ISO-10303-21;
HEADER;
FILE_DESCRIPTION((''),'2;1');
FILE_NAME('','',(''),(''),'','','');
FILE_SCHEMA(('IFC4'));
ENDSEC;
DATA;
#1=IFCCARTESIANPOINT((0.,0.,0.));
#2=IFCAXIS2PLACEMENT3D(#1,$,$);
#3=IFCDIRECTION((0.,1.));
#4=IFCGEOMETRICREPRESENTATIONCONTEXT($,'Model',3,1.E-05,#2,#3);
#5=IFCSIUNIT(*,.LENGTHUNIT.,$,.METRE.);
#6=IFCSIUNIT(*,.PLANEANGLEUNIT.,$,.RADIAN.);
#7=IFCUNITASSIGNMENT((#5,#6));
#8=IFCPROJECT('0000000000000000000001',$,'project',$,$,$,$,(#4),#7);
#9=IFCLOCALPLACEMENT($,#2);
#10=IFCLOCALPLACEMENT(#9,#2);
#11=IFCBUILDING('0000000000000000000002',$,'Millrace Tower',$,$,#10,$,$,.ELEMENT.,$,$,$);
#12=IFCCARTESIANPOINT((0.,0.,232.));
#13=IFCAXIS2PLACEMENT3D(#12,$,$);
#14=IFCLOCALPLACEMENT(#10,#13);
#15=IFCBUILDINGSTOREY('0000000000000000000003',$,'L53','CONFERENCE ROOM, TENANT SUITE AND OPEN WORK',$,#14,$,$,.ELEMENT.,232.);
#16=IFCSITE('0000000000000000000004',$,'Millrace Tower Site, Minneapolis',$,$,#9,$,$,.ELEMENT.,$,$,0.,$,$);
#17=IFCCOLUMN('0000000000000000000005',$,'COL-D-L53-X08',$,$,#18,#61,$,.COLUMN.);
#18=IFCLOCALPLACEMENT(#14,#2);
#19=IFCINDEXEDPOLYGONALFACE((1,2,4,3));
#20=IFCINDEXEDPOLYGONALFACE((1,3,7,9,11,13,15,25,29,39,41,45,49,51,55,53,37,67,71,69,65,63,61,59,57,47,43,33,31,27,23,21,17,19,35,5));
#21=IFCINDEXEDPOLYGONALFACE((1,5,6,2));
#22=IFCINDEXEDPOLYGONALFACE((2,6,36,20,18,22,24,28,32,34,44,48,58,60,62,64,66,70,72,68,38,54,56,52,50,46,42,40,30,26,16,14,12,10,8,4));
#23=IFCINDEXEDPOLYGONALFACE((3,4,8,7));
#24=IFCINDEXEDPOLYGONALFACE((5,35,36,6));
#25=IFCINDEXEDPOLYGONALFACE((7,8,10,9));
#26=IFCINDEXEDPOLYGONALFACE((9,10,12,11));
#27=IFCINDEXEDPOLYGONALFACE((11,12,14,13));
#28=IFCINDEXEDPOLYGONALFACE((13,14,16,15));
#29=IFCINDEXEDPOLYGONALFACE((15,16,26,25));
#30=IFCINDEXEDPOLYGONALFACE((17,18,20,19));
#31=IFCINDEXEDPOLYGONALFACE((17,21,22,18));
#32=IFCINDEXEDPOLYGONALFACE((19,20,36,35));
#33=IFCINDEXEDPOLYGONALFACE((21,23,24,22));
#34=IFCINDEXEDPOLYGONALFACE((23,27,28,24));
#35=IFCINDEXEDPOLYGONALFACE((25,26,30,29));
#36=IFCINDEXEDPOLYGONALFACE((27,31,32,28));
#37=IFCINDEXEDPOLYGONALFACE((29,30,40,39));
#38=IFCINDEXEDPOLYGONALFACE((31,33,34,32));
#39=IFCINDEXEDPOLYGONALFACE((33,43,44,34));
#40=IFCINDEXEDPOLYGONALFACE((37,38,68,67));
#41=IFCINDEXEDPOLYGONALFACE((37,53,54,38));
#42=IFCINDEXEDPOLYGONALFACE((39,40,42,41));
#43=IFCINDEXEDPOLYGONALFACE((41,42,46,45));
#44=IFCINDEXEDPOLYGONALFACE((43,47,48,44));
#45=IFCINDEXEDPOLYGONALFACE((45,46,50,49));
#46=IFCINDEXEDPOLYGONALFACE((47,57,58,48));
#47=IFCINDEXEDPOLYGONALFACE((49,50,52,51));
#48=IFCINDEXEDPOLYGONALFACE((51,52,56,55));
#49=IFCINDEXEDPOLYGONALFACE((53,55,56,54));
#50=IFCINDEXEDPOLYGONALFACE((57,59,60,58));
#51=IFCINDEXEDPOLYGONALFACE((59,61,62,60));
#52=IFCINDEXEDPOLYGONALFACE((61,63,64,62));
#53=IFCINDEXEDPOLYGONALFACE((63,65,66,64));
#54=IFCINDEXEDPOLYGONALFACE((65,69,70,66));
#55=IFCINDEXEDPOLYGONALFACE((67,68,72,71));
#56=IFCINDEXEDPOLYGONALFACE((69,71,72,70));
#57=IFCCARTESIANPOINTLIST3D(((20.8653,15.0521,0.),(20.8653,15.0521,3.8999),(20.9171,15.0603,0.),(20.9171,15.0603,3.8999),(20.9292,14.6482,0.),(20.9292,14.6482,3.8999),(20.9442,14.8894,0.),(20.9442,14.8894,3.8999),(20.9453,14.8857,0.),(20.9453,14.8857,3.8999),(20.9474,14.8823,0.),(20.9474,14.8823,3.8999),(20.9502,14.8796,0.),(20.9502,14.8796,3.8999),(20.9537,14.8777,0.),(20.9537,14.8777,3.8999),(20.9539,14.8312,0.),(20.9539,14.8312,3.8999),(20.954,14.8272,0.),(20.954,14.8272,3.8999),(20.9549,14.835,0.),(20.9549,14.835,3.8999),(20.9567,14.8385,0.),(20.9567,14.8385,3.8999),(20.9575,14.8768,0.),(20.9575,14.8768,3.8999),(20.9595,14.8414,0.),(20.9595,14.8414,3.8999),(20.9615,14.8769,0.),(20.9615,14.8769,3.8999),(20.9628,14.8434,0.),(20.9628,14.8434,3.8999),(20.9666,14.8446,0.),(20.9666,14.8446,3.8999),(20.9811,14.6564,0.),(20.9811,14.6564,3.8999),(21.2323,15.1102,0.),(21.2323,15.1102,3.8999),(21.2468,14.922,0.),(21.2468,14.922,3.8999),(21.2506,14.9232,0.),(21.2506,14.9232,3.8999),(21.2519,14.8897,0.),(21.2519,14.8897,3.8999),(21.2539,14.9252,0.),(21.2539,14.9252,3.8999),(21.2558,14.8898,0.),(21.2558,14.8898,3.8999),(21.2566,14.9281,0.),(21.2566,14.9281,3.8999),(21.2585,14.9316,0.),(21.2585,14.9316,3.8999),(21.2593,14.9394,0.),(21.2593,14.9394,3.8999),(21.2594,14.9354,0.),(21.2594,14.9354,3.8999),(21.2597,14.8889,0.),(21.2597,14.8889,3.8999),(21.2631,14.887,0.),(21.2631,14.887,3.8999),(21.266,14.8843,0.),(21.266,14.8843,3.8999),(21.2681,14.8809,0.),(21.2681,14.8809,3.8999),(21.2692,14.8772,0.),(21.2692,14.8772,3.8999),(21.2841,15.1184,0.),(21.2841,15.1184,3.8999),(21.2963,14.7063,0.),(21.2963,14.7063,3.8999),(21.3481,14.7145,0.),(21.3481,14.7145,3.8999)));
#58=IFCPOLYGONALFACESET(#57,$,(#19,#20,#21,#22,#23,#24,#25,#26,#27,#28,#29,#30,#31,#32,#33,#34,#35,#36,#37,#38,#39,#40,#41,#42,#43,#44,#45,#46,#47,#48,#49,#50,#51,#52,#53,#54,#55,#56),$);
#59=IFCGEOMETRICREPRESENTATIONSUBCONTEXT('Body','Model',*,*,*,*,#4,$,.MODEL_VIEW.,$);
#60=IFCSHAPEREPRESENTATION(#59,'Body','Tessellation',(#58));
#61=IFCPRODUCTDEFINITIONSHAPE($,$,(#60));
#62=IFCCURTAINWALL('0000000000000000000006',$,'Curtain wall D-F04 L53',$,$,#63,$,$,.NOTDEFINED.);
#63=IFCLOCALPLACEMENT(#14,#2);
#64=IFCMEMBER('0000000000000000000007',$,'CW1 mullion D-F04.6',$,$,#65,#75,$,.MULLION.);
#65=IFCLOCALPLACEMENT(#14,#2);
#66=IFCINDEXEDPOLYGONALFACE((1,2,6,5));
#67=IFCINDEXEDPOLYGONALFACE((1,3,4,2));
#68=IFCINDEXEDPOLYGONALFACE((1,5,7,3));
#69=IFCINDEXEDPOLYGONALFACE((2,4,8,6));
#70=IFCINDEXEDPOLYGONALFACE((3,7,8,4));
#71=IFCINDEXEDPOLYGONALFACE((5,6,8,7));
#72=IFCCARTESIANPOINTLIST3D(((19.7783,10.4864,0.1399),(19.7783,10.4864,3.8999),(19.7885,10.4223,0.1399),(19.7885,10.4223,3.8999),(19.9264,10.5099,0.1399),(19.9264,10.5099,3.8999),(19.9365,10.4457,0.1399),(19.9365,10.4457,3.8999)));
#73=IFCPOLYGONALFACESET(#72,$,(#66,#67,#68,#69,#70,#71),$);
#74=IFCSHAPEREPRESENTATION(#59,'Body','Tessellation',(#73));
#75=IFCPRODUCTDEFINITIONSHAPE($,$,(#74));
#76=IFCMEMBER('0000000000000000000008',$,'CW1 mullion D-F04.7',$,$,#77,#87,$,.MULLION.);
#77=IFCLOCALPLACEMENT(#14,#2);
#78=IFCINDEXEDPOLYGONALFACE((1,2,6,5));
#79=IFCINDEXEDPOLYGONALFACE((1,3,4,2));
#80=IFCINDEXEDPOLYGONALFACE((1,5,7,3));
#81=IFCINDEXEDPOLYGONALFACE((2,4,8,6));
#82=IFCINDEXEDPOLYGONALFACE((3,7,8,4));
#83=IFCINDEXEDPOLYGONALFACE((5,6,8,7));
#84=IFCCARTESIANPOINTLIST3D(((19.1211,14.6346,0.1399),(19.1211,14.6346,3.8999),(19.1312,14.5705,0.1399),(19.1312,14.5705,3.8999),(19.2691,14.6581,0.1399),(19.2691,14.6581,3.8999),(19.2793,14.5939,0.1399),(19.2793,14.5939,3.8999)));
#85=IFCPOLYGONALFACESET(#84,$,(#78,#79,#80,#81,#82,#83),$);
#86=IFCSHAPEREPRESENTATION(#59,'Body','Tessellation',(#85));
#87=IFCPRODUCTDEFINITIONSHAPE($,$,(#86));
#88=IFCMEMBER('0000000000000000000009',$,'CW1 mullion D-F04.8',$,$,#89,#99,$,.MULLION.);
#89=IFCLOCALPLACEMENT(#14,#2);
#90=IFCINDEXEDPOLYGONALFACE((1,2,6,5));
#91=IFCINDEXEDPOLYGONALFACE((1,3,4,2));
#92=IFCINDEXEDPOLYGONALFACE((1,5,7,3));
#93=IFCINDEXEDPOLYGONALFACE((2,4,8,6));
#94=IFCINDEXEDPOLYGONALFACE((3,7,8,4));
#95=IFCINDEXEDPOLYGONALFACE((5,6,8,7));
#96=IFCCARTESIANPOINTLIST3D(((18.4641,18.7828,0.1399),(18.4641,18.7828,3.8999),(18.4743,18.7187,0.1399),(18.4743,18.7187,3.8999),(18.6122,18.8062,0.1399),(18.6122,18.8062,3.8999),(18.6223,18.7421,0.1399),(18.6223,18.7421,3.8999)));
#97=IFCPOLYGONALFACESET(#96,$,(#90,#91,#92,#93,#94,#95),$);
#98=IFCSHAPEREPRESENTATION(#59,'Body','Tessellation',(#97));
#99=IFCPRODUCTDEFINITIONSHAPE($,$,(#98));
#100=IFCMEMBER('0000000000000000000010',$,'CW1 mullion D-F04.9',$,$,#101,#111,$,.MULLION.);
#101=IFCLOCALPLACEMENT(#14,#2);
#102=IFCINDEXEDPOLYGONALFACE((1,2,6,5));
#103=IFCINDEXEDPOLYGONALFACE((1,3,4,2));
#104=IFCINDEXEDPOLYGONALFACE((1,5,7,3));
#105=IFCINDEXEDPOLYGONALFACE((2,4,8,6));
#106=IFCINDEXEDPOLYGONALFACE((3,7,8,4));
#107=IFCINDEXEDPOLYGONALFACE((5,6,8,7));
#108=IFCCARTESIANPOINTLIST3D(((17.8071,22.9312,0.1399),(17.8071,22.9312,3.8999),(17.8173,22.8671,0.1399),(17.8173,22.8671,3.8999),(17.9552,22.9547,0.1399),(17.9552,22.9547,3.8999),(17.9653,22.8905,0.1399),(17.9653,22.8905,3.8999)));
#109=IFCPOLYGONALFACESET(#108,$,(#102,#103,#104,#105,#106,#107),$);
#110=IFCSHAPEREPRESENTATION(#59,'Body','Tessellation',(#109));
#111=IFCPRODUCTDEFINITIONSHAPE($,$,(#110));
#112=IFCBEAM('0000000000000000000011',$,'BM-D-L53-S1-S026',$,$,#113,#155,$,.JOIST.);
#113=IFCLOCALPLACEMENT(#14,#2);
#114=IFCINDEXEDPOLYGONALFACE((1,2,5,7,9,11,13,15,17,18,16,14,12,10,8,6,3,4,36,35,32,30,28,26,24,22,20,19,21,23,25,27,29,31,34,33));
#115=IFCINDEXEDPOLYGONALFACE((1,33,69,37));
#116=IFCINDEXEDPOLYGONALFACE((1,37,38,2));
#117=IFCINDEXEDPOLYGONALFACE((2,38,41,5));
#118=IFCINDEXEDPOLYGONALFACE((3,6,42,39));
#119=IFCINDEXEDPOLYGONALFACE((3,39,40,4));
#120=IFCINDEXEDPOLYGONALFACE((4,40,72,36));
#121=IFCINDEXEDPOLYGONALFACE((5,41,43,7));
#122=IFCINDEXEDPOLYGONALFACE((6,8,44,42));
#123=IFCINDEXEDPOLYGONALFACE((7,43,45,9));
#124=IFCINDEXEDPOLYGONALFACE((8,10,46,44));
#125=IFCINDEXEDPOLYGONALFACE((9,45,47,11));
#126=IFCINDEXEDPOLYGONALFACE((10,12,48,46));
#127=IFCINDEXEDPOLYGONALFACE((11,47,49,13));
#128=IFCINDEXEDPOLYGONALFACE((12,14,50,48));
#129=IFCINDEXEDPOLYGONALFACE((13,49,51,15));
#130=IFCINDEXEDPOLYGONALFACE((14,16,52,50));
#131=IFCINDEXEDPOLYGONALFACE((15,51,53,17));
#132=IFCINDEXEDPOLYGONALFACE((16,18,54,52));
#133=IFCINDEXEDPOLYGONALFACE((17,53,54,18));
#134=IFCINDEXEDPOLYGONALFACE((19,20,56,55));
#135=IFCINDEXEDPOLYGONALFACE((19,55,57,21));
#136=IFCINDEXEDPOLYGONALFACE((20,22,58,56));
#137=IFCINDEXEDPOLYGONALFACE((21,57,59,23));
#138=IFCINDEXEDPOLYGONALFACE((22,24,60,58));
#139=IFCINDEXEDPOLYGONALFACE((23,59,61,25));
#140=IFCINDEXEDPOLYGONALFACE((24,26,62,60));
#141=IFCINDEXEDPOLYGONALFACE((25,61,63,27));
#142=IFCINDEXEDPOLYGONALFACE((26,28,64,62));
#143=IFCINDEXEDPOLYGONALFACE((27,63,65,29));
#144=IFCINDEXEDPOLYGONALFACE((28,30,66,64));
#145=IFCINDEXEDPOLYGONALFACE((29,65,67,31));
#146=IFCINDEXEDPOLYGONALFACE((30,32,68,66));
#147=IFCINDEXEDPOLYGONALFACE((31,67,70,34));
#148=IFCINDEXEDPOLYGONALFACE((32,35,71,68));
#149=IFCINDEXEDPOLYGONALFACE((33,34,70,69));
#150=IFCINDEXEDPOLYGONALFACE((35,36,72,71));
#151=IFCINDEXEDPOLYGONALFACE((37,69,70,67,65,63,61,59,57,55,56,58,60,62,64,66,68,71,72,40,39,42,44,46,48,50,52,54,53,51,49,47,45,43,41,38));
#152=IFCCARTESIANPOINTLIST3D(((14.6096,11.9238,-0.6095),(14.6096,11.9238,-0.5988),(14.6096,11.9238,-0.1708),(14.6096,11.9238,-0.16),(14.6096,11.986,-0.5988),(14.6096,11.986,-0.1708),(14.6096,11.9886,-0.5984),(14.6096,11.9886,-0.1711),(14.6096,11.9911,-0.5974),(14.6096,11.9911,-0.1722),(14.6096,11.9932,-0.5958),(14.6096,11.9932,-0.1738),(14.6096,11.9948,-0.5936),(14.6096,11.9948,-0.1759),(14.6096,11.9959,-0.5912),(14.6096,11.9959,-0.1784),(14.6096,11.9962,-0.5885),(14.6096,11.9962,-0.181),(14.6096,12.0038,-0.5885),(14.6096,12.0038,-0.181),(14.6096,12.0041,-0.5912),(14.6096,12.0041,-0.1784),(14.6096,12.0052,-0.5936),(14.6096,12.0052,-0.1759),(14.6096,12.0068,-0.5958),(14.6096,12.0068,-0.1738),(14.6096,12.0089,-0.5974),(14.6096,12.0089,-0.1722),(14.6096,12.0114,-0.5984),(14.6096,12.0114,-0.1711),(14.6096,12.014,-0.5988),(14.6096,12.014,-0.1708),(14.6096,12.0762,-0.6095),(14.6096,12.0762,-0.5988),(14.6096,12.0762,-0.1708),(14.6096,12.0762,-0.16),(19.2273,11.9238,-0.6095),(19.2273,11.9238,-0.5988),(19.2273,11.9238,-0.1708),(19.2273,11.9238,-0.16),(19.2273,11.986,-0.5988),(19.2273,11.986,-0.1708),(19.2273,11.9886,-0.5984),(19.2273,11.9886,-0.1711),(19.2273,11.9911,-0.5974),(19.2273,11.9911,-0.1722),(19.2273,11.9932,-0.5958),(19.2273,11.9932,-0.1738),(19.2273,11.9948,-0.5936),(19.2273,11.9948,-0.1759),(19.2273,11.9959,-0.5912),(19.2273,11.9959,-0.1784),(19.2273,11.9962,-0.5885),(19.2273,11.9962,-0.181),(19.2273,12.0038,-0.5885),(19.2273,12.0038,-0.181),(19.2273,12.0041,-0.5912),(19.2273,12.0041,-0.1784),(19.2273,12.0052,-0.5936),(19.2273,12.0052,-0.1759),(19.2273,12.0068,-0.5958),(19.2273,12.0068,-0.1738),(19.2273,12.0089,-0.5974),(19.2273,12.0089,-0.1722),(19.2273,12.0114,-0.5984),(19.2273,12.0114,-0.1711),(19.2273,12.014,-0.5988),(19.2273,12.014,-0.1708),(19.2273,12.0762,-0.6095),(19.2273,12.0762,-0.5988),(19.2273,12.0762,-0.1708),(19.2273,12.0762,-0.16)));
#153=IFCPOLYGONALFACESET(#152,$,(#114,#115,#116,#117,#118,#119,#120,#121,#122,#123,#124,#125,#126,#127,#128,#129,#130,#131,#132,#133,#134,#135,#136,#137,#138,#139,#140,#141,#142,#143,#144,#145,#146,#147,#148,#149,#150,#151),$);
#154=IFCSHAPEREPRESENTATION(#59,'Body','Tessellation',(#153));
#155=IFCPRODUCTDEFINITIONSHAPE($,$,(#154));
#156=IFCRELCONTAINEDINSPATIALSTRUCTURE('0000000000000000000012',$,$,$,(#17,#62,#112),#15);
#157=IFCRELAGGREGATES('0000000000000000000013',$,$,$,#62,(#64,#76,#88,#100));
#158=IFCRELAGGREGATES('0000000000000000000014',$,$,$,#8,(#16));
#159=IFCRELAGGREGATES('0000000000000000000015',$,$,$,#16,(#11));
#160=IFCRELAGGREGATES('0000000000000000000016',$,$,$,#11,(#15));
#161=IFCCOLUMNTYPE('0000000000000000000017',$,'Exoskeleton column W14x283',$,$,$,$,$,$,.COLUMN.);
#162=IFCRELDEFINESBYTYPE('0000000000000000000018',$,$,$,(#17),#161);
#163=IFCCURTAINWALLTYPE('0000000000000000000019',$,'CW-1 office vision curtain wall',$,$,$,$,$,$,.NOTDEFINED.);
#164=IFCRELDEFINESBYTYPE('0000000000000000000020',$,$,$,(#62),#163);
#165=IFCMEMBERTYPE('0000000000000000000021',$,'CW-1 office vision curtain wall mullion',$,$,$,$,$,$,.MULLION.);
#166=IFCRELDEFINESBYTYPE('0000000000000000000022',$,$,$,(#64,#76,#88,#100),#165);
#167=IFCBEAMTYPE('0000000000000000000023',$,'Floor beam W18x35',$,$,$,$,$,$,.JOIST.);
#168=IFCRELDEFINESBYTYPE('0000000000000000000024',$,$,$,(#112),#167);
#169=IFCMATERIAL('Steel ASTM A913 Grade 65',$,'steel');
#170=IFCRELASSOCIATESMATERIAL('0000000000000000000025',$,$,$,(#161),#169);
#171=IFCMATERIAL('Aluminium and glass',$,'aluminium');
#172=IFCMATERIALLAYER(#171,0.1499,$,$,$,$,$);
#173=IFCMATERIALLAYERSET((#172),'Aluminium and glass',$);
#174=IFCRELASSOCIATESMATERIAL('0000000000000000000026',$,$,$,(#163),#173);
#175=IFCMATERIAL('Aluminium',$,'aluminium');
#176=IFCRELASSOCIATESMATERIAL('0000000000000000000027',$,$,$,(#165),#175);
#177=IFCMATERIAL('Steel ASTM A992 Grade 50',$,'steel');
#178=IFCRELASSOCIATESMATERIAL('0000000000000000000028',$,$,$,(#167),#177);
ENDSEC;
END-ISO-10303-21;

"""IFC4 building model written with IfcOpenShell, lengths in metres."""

from ifc_helpers import new_model, si_unit, direction, frame, origin, origin_2d, place, context, subcontext, project, spatial, rectangle, i_section, extrude, material, layer, layer_set, material_profile, profile_set, type_object, element, aggregate, save


model = new_model("IFC4")

# Units and contexts
model_context = context("Model", 3, precision=1e-05, world=origin(), true_north=direction((0.0, 1.0)))
body_context = subcontext(model_context, "Body", "Model", "MODEL_VIEW")
ifc_project = project(units=[si_unit("LENGTHUNIT", "METRE"), si_unit("PLANEANGLEUNIT", "RADIAN")], contexts=[model_context])

# Site, building, storey
site_placement = place(None, origin())
site = spatial("IfcSite", under=ifc_project, at=site_placement, Name="Millrace Tower Site, Minneapolis", CompositionType="ELEMENT", RefElevation=0.0)
building_placement = place(site_placement, origin())
building = spatial("IfcBuilding", under=site, at=building_placement, Name="Millrace Tower", CompositionType="ELEMENT")
storey_placement = place(building_placement, frame((0.0, 0.0, 232.0)))
storey = spatial("IfcBuildingStorey", under=building, at=storey_placement, Name="L53", Description="CONFERENCE ROOM, TENANT SUITE AND OPEN WORK", CompositionType="ELEMENT", Elevation=232.0)

# Column
ifc_material_1 = material(Name="Steel ASTM A913 Grade 65", Category="steel")
ifc_material_profile_1 = material_profile(ifc_material_1, i_section(OverallWidth=0.4089, OverallDepth=0.4241, WebThickness=0.0327, FlangeThickness=0.0525, FilletRadius=0.0151, at=origin_2d()))
ifc_profile_set_1 = profile_set([ifc_material_profile_1], Name="Steel ASTM A913 Grade 65")
column_type = type_object("IfcColumnType", Name="Exoskeleton column W14x283", PredefinedType="COLUMN", material=ifc_profile_set_1)
column_placement = place(storey_placement, frame((21.1067, 14.8833, 0.0), z_axis=(0.0, 0.0, 1.0), x_axis=(-0.156434, 0.987688, 0.0)))
element("IfcColumn", 1, at=column_placement, inside=storey, type_object=column_type, Name="COL-D-L53-X08", PredefinedType="COLUMN", context=body_context, shape_type="SweptSolid", body=[
    extrude(i_section(OverallWidth=0.4089, OverallDepth=0.4241, WebThickness=0.0327, FlangeThickness=0.0525, FilletRadius=0.0151, at=origin_2d()), origin(), (0.0, 0.0, 1.0), 3.8999),
])

# Curtain wall, members
ifc_material_2 = material(Name="Aluminium and glass", Category="aluminium")
ifc_layer_1 = layer(ifc_material_2, 0.1499)
ifc_layer_set_1 = layer_set([ifc_layer_1], Name="Aluminium and glass")
curtain_wall_type = type_object("IfcCurtainWallType", Name="CW-1 office vision curtain wall", PredefinedType="NOTDEFINED", material=ifc_layer_set_1)
curtain_wall_placement = place(storey_placement, origin())
curtain_wall = element("IfcCurtainWall", 2, at=curtain_wall_placement, inside=storey, type_object=curtain_wall_type, Name="Curtain wall D-F04 L53", PredefinedType="NOTDEFINED")
ifc_material_3 = material(Name="Aluminium", Category="aluminium")
ifc_material_profile_2 = material_profile(ifc_material_3, rectangle(XDim=0.0649, YDim=0.1499, at=origin_2d()))
ifc_profile_set_2 = profile_set([ifc_material_profile_2], Name="Aluminium")
member_type = type_object("IfcMemberType", Name="CW-1 office vision curtain wall mullion", PredefinedType="MULLION", material=ifc_profile_set_2)
member_1_placement = place(storey_placement, frame((19.8574, 10.4661, 0.1399), z_axis=(0.0, 0.0, 1.0), x_axis=(-0.156434, 0.987688, 0.0)))
member_1 = element("IfcMember", 3, at=member_1_placement, type_object=member_type, Name="CW1 mullion D-F04.6", PredefinedType="MULLION", context=body_context, shape_type="SweptSolid", body=[
    extrude(rectangle(XDim=0.0649, YDim=0.1499, at=origin_2d()), origin(), (0.0, 0.0, 1.0), 3.76),
])
member_2_placement = place(storey_placement, frame((19.2002, 14.6143, 0.1399), z_axis=(0.0, 0.0, 1.0), x_axis=(-0.156434, 0.987688, 0.0)))
member_2 = element("IfcMember", 4, at=member_2_placement, type_object=member_type, Name="CW1 mullion D-F04.7", PredefinedType="MULLION", context=body_context, shape_type="SweptSolid", body=[
    extrude(rectangle(XDim=0.0649, YDim=0.1499, at=origin_2d()), origin(), (0.0, 0.0, 1.0), 3.76),
])
member_3_placement = place(storey_placement, frame((18.5432, 18.7625, 0.1399), z_axis=(0.0, 0.0, 1.0), x_axis=(-0.156434, 0.987688, 0.0)))
member_3 = element("IfcMember", 5, at=member_3_placement, type_object=member_type, Name="CW1 mullion D-F04.8", PredefinedType="MULLION", context=body_context, shape_type="SweptSolid", body=[
    extrude(rectangle(XDim=0.0649, YDim=0.1499, at=origin_2d()), origin(), (0.0, 0.0, 1.0), 3.76),
])
member_4_placement = place(storey_placement, frame((17.8862, 22.9109, 0.1399), z_axis=(0.0, 0.0, 1.0), x_axis=(-0.156434, 0.987688, 0.0)))
member_4 = element("IfcMember", 6, at=member_4_placement, type_object=member_type, Name="CW1 mullion D-F04.9", PredefinedType="MULLION", context=body_context, shape_type="SweptSolid", body=[
    extrude(rectangle(XDim=0.0649, YDim=0.1499, at=origin_2d()), origin(), (0.0, 0.0, 1.0), 3.76),
])
aggregate(curtain_wall, [member_1, member_2, member_3, member_4])

# Beam
ifc_material_4 = material(Name="Steel ASTM A992 Grade 50", Category="steel")
ifc_material_profile_3 = material_profile(ifc_material_4, i_section(OverallWidth=0.1523, OverallDepth=0.4495, WebThickness=0.0076, FlangeThickness=0.0107, FilletRadius=0.0103, at=origin_2d()))
ifc_profile_set_3 = profile_set([ifc_material_profile_3], Name="Steel ASTM A992 Grade 50")
beam_type_1 = type_object("IfcBeamType", Name="Floor beam W18x35", PredefinedType="JOIST", material=ifc_profile_set_3)
beam_1_placement = place(storey_placement, frame((14.6096, 12.0, -0.3848), z_axis=(1.0, 0.0, 0.0), x_axis=(0.0, 1.0, 0.0)))
element("IfcBeam", 7, at=beam_1_placement, inside=storey, type_object=beam_type_1, Name="BM-D-L53-S1-S026", PredefinedType="JOIST", context=body_context, shape_type="SweptSolid", body=[
    extrude(i_section(OverallWidth=0.1523, OverallDepth=0.4495, WebThickness=0.0076, FlangeThickness=0.0107, FilletRadius=0.0103, at=origin_2d()), origin(), (0.0, 0.0, 1.0), 4.6177),
])

save(model, "model.ifc")
